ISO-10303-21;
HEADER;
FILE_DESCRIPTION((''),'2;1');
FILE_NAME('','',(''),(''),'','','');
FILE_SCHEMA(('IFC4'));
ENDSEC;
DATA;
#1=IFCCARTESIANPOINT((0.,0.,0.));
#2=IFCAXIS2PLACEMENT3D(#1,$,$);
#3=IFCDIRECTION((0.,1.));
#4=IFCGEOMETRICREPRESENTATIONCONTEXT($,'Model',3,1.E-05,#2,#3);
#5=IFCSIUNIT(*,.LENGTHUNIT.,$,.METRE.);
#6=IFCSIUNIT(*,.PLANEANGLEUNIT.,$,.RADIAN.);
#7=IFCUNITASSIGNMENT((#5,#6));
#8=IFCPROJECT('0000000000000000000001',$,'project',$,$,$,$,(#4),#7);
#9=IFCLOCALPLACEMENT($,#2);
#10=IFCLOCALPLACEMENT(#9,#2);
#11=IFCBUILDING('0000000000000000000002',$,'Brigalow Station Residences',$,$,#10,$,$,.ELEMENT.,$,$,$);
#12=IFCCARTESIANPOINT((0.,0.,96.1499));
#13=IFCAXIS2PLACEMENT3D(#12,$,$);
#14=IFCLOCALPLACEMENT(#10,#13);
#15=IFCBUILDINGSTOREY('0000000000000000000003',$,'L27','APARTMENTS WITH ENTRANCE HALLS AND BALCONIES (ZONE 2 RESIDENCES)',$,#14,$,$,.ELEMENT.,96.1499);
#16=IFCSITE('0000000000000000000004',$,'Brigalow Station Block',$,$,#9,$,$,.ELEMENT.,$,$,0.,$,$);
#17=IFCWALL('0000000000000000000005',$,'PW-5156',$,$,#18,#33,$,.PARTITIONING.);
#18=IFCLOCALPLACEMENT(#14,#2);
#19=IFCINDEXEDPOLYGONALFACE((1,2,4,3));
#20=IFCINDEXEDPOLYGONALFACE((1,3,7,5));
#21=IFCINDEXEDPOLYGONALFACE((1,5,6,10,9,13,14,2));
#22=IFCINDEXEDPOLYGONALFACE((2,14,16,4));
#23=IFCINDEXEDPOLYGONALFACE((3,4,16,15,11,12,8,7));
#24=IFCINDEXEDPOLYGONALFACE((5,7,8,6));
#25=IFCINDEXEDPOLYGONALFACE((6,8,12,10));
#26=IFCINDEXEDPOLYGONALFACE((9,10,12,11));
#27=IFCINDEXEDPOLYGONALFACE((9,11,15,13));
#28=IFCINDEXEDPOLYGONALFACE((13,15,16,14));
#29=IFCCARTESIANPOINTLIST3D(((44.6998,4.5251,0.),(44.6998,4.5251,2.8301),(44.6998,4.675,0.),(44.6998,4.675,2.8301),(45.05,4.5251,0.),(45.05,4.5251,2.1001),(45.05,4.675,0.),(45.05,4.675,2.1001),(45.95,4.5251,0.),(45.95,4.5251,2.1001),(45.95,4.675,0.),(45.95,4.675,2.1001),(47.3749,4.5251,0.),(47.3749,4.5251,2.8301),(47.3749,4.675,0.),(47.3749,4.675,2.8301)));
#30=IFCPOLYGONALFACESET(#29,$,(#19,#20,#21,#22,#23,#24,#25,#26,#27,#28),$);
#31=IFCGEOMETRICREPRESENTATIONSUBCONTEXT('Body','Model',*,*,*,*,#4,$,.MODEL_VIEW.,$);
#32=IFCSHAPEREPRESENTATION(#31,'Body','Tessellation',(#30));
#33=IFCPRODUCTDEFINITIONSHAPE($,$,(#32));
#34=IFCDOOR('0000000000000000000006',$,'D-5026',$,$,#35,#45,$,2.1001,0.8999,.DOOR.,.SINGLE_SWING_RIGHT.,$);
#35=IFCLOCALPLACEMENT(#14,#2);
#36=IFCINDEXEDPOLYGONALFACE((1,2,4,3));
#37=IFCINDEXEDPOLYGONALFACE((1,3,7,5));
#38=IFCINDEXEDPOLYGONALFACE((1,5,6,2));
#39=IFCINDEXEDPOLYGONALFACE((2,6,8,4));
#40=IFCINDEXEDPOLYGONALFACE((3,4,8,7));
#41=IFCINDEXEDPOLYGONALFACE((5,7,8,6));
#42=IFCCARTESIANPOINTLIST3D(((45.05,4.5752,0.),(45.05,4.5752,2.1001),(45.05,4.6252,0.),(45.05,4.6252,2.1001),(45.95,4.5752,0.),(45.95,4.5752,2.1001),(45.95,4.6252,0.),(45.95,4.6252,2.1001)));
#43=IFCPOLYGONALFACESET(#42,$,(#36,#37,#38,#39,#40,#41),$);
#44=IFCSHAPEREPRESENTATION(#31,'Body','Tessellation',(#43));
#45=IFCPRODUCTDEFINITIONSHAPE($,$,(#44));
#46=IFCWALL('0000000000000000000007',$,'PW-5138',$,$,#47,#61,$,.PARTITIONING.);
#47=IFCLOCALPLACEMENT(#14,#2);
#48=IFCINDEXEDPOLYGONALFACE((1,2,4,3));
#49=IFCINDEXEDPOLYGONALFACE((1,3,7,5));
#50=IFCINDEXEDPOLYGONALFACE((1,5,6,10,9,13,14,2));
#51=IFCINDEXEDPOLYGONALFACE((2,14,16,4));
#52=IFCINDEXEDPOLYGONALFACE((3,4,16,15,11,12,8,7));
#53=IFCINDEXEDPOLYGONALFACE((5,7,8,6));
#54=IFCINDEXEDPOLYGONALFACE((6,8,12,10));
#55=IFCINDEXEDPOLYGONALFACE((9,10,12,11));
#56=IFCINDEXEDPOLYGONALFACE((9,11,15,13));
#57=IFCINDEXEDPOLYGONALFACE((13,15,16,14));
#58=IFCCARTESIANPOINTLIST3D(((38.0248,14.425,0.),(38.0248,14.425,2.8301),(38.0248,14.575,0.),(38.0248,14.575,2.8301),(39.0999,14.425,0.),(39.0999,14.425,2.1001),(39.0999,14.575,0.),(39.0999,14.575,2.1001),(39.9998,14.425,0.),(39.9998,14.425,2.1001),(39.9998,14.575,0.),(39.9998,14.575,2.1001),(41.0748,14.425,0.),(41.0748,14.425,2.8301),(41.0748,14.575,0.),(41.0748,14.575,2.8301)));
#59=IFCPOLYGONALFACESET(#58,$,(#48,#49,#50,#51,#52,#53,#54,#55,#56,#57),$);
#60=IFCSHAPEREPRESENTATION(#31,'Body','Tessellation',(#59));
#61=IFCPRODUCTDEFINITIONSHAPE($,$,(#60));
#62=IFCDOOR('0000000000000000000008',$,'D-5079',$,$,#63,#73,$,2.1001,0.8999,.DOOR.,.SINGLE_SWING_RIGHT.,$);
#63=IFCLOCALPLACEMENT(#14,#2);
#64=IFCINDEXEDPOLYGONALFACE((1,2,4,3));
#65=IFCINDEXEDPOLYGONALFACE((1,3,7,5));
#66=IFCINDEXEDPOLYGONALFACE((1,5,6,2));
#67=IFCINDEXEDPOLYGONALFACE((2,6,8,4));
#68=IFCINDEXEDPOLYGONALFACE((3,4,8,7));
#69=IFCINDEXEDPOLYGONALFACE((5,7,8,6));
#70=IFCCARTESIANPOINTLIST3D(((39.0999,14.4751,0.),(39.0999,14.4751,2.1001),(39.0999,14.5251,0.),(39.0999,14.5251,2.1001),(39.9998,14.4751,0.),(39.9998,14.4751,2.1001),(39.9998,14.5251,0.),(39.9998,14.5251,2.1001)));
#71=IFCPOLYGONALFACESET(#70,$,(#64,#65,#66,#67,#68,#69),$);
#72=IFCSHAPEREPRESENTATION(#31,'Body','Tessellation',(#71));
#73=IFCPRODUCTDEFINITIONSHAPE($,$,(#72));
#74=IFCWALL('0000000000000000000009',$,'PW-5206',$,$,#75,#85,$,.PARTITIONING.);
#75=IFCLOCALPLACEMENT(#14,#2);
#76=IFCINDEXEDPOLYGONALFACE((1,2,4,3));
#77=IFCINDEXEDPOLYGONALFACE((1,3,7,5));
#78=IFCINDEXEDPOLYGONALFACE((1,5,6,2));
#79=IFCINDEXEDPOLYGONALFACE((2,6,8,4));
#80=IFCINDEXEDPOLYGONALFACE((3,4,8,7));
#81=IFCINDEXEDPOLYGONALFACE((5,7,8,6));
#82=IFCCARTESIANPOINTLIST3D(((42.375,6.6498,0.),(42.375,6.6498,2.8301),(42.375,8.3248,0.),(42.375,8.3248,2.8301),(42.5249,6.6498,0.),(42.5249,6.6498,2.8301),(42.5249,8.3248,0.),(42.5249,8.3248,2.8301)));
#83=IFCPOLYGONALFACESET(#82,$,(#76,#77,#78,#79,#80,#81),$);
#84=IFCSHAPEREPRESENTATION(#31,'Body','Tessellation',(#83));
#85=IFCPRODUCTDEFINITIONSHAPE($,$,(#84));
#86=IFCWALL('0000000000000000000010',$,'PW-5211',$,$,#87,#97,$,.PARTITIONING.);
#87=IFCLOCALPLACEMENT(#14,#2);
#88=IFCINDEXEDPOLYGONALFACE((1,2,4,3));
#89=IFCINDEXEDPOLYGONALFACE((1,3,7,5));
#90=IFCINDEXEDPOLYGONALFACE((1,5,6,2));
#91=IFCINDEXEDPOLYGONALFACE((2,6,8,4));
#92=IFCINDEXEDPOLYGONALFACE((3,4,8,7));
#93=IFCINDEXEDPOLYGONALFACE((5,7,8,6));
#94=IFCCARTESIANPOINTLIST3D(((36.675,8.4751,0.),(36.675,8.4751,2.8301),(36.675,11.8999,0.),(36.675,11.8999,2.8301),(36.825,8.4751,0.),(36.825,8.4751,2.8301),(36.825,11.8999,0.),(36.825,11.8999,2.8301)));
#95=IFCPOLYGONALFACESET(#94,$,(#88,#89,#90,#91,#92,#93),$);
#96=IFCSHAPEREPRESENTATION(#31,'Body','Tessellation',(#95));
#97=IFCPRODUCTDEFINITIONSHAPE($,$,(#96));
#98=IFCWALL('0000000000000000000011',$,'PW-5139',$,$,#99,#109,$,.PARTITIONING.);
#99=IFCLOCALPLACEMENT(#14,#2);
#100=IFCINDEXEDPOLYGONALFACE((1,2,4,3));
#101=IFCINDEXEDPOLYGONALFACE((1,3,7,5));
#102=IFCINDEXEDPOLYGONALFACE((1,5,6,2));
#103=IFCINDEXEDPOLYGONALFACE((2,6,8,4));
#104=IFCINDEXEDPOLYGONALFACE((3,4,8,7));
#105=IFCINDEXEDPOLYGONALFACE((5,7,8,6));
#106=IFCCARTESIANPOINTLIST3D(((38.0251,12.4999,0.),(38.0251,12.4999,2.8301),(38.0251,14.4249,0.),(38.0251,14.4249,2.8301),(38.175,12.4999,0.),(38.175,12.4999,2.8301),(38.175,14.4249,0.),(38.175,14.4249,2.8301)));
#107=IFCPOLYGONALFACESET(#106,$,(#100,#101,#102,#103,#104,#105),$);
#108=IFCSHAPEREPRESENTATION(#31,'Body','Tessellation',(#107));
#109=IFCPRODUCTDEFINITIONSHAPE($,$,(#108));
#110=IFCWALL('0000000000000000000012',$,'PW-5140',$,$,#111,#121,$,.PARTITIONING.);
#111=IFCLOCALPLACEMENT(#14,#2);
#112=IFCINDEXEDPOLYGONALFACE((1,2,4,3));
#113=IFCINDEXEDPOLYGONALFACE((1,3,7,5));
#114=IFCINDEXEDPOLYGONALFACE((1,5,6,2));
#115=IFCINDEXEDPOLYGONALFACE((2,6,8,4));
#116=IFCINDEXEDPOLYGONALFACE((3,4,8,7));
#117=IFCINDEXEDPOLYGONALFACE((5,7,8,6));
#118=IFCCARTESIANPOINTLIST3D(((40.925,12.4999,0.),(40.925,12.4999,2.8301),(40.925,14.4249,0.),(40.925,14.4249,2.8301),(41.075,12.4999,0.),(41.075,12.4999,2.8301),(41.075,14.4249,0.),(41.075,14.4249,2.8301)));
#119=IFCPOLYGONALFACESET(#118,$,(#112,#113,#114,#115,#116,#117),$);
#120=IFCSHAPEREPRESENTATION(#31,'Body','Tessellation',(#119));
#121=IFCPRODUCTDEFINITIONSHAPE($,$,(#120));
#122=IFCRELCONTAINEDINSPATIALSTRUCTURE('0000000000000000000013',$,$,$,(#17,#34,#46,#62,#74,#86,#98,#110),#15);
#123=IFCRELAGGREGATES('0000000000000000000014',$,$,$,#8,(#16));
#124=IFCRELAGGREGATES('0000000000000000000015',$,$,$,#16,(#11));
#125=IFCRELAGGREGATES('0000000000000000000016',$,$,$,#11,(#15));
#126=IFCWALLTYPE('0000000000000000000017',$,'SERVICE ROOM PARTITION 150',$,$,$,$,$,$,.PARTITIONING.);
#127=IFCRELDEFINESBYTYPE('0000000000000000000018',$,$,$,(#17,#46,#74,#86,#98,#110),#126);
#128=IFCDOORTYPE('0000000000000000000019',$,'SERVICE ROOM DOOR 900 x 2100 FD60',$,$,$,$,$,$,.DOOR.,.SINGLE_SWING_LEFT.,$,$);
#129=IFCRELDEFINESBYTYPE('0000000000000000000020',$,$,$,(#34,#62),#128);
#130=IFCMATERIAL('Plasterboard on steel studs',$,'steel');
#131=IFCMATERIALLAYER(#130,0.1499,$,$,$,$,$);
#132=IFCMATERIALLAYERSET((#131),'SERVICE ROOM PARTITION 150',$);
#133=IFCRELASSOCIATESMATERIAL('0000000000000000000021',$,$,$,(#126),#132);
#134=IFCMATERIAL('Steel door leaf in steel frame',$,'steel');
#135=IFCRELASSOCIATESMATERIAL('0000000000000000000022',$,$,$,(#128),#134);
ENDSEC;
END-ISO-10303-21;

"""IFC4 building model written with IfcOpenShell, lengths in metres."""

from ifc_helpers import new_model, si_unit, direction, frame, frame_2d, origin, place, context, subcontext, project, spatial, rectangle, extrude, material, layer, layer_set, type_object, element, fill, save


model = new_model("IFC4")

# Units and contexts
model_context = context("Model", 3, precision=1e-05, world=origin(), true_north=direction((0.0, 1.0)))
body_context = subcontext(model_context, "Body", "Model", "MODEL_VIEW")
ifc_project = project(units=[si_unit("LENGTHUNIT", "METRE"), si_unit("PLANEANGLEUNIT", "RADIAN")], contexts=[model_context])

# Site, building, storey
site_placement = place(None, origin())
site = spatial("IfcSite", under=ifc_project, at=site_placement, Name="Brigalow Station Block", CompositionType="ELEMENT", RefElevation=0.0)
building_placement = place(site_placement, origin())
building = spatial("IfcBuilding", under=site, at=building_placement, Name="Brigalow Station Residences", CompositionType="ELEMENT")
storey_placement = place(building_placement, frame((0.0, 0.0, 96.1499)))
storey = spatial("IfcBuildingStorey", under=building, at=storey_placement, Name="L27", Description="APARTMENTS WITH ENTRANCE HALLS AND BALCONIES (ZONE 2 RESIDENCES)", CompositionType="ELEMENT", Elevation=96.1499)

# Walls, openings, doors
ifc_material_1 = material(Name="Plasterboard on steel studs", Category="steel")
ifc_layer_1 = layer(ifc_material_1, 0.1499)
ifc_layer_set_1 = layer_set([ifc_layer_1], Name="SERVICE ROOM PARTITION 150")
wall_type_1 = type_object("IfcWallType", Name="SERVICE ROOM PARTITION 150", PredefinedType="PARTITIONING", material=ifc_layer_set_1)
wall_1_placement = place(storey_placement, frame((44.7, 4.6001, 0.0), z_axis=(0.0, 0.0, 1.0), x_axis=(1.0, 0.0, 0.0)))
wall_1 = element("IfcWall", 1, at=wall_1_placement, inside=storey, type_object=wall_type_1, Name="PW-5156", PredefinedType="PARTITIONING", context=body_context, shape_type="SweptSolid", body=[
    extrude(rectangle(XDim=2.675, YDim=0.1499, at=frame_2d((1.3374, 0.0))), origin(), (0.0, 0.0, 1.0), 2.8301),
])
opening_1_placement = place(wall_1_placement, frame((0.3501, 0.0, 0.0)))
opening_1 = element("IfcOpeningElement", 2, at=opening_1_placement, cuts=wall_1, PredefinedType="OPENING", context=body_context, shape_type="SweptSolid", body=[
    extrude(rectangle(XDim=0.8999, YDim=2.1001, at=frame_2d((0.45, 1.05))), frame((0.0, 0.085, 0.0), z_axis=(0.0, -1.0, 0.0), x_axis=(1.0, 0.0, 0.0)), (0.0, 0.0, 1.0), 0.1699),
])
ifc_material_2 = material(Name="Steel door leaf in steel frame", Category="steel")
door_type_1 = type_object("IfcDoorType", Name="SERVICE ROOM DOOR 900 x 2100 FD60", OperationType="SINGLE_SWING_LEFT", PredefinedType="DOOR", material=ifc_material_2)
door_1_placement = place(opening_1_placement, frame((0.8999, 0.0, 0.0), z_axis=(0.0, 0.0, 1.0), x_axis=(-1.0, 0.0, 0.0)))
door_1 = element("IfcDoor", 3, at=door_1_placement, inside=storey, type_object=door_type_1, Name="D-5026", OperationType="SINGLE_SWING_RIGHT", OverallHeight=2.1001, OverallWidth=0.8999, PredefinedType="DOOR", context=body_context, shape_type="SweptSolid", body=[
    extrude(rectangle(XDim=0.8999, YDim=2.1001, at=frame_2d((0.45, 1.05))), frame((0.0, 0.0249, 0.0), z_axis=(0.0, -1.0, 0.0), x_axis=(1.0, 0.0, 0.0)), (0.0, 0.0, 1.0), 0.05),
])
fill(opening_1, door_1)
wall_2_placement = place(storey_placement, frame((38.0249, 14.5, 0.0), z_axis=(0.0, 0.0, 1.0), x_axis=(1.0, 0.0, 0.0)))
wall_2 = element("IfcWall", 4, at=wall_2_placement, inside=storey, type_object=wall_type_1, Name="PW-5138", PredefinedType="PARTITIONING", context=body_context, shape_type="SweptSolid", body=[
    extrude(rectangle(XDim=3.05, YDim=0.1499, at=frame_2d((1.5249, 0.0))), origin(), (0.0, 0.0, 1.0), 2.8301),
])
opening_2_placement = place(wall_2_placement, frame((1.075, 0.0, 0.0)))
opening_2 = element("IfcOpeningElement", 5, at=opening_2_placement, cuts=wall_2, PredefinedType="OPENING", context=body_context, shape_type="SweptSolid", body=[
    extrude(rectangle(XDim=0.8999, YDim=2.1001, at=frame_2d((0.45, 1.05))), frame((0.0, 0.085, 0.0), z_axis=(0.0, -1.0, 0.0), x_axis=(1.0, 0.0, 0.0)), (0.0, 0.0, 1.0), 0.1699),
])
door_2_placement = place(opening_2_placement, frame((0.8999, 0.0, 0.0), z_axis=(0.0, 0.0, 1.0), x_axis=(-1.0, 0.0, 0.0)))
door_2 = element("IfcDoor", 6, at=door_2_placement, inside=storey, type_object=door_type_1, Name="D-5079", OperationType="SINGLE_SWING_RIGHT", OverallHeight=2.1001, OverallWidth=0.8999, PredefinedType="DOOR", context=body_context, shape_type="SweptSolid", body=[
    extrude(rectangle(XDim=0.8999, YDim=2.1001, at=frame_2d((0.45, 1.05))), frame((0.0, 0.0249, 0.0), z_axis=(0.0, -1.0, 0.0), x_axis=(1.0, 0.0, 0.0)), (0.0, 0.0, 1.0), 0.05),
])
fill(opening_2, door_2)

# Walls
wall_3_placement = place(storey_placement, frame((42.45, 6.6499, 0.0), z_axis=(0.0, 0.0, 1.0), x_axis=(0.0, 1.0, 0.0)))
element("IfcWall", 7, at=wall_3_placement, inside=storey, type_object=wall_type_1, Name="PW-5206", PredefinedType="PARTITIONING", context=body_context, shape_type="SweptSolid", body=[
    extrude(rectangle(XDim=1.675, YDim=0.1499, at=frame_2d((0.8374, 0.0))), origin(), (0.0, 0.0, 1.0), 2.8301),
])
wall_4_placement = place(storey_placement, frame((36.75, 8.4751, 0.0), z_axis=(0.0, 0.0, 1.0), x_axis=(0.0, 1.0, 0.0)))
element("IfcWall", 8, at=wall_4_placement, inside=storey, type_object=wall_type_1, Name="PW-5211", PredefinedType="PARTITIONING", context=body_context, shape_type="SweptSolid", body=[
    extrude(rectangle(XDim=3.4248, YDim=0.1499, at=frame_2d((1.7124, 0.0))), origin(), (0.0, 0.0, 1.0), 2.8301),
])
for number, where, z_axis, x_axis, name in (
    (9, (38.1001, 12.5, 0.0), (0.0, 0.0, 1.0), (0.0, 1.0, 0.0), "PW-5139"),
    (10, (41.0, 12.5, 0.0), (0.0, 0.0, 1.0), (0.0, 1.0, 0.0), "PW-5140"),
):
    element("IfcWall", number, at=place(storey_placement, frame(where, z_axis=z_axis, x_axis=x_axis)), inside=storey, type_object=wall_type_1, Name=name, PredefinedType="PARTITIONING", context=body_context, shape_type="SweptSolid", body=[
        extrude(rectangle(XDim=1.925, YDim=0.1499, at=frame_2d((0.9624, 0.0))), origin(), (0.0, 0.0, 1.0), 2.8301),
    ])

save(model, "model.ifc")
